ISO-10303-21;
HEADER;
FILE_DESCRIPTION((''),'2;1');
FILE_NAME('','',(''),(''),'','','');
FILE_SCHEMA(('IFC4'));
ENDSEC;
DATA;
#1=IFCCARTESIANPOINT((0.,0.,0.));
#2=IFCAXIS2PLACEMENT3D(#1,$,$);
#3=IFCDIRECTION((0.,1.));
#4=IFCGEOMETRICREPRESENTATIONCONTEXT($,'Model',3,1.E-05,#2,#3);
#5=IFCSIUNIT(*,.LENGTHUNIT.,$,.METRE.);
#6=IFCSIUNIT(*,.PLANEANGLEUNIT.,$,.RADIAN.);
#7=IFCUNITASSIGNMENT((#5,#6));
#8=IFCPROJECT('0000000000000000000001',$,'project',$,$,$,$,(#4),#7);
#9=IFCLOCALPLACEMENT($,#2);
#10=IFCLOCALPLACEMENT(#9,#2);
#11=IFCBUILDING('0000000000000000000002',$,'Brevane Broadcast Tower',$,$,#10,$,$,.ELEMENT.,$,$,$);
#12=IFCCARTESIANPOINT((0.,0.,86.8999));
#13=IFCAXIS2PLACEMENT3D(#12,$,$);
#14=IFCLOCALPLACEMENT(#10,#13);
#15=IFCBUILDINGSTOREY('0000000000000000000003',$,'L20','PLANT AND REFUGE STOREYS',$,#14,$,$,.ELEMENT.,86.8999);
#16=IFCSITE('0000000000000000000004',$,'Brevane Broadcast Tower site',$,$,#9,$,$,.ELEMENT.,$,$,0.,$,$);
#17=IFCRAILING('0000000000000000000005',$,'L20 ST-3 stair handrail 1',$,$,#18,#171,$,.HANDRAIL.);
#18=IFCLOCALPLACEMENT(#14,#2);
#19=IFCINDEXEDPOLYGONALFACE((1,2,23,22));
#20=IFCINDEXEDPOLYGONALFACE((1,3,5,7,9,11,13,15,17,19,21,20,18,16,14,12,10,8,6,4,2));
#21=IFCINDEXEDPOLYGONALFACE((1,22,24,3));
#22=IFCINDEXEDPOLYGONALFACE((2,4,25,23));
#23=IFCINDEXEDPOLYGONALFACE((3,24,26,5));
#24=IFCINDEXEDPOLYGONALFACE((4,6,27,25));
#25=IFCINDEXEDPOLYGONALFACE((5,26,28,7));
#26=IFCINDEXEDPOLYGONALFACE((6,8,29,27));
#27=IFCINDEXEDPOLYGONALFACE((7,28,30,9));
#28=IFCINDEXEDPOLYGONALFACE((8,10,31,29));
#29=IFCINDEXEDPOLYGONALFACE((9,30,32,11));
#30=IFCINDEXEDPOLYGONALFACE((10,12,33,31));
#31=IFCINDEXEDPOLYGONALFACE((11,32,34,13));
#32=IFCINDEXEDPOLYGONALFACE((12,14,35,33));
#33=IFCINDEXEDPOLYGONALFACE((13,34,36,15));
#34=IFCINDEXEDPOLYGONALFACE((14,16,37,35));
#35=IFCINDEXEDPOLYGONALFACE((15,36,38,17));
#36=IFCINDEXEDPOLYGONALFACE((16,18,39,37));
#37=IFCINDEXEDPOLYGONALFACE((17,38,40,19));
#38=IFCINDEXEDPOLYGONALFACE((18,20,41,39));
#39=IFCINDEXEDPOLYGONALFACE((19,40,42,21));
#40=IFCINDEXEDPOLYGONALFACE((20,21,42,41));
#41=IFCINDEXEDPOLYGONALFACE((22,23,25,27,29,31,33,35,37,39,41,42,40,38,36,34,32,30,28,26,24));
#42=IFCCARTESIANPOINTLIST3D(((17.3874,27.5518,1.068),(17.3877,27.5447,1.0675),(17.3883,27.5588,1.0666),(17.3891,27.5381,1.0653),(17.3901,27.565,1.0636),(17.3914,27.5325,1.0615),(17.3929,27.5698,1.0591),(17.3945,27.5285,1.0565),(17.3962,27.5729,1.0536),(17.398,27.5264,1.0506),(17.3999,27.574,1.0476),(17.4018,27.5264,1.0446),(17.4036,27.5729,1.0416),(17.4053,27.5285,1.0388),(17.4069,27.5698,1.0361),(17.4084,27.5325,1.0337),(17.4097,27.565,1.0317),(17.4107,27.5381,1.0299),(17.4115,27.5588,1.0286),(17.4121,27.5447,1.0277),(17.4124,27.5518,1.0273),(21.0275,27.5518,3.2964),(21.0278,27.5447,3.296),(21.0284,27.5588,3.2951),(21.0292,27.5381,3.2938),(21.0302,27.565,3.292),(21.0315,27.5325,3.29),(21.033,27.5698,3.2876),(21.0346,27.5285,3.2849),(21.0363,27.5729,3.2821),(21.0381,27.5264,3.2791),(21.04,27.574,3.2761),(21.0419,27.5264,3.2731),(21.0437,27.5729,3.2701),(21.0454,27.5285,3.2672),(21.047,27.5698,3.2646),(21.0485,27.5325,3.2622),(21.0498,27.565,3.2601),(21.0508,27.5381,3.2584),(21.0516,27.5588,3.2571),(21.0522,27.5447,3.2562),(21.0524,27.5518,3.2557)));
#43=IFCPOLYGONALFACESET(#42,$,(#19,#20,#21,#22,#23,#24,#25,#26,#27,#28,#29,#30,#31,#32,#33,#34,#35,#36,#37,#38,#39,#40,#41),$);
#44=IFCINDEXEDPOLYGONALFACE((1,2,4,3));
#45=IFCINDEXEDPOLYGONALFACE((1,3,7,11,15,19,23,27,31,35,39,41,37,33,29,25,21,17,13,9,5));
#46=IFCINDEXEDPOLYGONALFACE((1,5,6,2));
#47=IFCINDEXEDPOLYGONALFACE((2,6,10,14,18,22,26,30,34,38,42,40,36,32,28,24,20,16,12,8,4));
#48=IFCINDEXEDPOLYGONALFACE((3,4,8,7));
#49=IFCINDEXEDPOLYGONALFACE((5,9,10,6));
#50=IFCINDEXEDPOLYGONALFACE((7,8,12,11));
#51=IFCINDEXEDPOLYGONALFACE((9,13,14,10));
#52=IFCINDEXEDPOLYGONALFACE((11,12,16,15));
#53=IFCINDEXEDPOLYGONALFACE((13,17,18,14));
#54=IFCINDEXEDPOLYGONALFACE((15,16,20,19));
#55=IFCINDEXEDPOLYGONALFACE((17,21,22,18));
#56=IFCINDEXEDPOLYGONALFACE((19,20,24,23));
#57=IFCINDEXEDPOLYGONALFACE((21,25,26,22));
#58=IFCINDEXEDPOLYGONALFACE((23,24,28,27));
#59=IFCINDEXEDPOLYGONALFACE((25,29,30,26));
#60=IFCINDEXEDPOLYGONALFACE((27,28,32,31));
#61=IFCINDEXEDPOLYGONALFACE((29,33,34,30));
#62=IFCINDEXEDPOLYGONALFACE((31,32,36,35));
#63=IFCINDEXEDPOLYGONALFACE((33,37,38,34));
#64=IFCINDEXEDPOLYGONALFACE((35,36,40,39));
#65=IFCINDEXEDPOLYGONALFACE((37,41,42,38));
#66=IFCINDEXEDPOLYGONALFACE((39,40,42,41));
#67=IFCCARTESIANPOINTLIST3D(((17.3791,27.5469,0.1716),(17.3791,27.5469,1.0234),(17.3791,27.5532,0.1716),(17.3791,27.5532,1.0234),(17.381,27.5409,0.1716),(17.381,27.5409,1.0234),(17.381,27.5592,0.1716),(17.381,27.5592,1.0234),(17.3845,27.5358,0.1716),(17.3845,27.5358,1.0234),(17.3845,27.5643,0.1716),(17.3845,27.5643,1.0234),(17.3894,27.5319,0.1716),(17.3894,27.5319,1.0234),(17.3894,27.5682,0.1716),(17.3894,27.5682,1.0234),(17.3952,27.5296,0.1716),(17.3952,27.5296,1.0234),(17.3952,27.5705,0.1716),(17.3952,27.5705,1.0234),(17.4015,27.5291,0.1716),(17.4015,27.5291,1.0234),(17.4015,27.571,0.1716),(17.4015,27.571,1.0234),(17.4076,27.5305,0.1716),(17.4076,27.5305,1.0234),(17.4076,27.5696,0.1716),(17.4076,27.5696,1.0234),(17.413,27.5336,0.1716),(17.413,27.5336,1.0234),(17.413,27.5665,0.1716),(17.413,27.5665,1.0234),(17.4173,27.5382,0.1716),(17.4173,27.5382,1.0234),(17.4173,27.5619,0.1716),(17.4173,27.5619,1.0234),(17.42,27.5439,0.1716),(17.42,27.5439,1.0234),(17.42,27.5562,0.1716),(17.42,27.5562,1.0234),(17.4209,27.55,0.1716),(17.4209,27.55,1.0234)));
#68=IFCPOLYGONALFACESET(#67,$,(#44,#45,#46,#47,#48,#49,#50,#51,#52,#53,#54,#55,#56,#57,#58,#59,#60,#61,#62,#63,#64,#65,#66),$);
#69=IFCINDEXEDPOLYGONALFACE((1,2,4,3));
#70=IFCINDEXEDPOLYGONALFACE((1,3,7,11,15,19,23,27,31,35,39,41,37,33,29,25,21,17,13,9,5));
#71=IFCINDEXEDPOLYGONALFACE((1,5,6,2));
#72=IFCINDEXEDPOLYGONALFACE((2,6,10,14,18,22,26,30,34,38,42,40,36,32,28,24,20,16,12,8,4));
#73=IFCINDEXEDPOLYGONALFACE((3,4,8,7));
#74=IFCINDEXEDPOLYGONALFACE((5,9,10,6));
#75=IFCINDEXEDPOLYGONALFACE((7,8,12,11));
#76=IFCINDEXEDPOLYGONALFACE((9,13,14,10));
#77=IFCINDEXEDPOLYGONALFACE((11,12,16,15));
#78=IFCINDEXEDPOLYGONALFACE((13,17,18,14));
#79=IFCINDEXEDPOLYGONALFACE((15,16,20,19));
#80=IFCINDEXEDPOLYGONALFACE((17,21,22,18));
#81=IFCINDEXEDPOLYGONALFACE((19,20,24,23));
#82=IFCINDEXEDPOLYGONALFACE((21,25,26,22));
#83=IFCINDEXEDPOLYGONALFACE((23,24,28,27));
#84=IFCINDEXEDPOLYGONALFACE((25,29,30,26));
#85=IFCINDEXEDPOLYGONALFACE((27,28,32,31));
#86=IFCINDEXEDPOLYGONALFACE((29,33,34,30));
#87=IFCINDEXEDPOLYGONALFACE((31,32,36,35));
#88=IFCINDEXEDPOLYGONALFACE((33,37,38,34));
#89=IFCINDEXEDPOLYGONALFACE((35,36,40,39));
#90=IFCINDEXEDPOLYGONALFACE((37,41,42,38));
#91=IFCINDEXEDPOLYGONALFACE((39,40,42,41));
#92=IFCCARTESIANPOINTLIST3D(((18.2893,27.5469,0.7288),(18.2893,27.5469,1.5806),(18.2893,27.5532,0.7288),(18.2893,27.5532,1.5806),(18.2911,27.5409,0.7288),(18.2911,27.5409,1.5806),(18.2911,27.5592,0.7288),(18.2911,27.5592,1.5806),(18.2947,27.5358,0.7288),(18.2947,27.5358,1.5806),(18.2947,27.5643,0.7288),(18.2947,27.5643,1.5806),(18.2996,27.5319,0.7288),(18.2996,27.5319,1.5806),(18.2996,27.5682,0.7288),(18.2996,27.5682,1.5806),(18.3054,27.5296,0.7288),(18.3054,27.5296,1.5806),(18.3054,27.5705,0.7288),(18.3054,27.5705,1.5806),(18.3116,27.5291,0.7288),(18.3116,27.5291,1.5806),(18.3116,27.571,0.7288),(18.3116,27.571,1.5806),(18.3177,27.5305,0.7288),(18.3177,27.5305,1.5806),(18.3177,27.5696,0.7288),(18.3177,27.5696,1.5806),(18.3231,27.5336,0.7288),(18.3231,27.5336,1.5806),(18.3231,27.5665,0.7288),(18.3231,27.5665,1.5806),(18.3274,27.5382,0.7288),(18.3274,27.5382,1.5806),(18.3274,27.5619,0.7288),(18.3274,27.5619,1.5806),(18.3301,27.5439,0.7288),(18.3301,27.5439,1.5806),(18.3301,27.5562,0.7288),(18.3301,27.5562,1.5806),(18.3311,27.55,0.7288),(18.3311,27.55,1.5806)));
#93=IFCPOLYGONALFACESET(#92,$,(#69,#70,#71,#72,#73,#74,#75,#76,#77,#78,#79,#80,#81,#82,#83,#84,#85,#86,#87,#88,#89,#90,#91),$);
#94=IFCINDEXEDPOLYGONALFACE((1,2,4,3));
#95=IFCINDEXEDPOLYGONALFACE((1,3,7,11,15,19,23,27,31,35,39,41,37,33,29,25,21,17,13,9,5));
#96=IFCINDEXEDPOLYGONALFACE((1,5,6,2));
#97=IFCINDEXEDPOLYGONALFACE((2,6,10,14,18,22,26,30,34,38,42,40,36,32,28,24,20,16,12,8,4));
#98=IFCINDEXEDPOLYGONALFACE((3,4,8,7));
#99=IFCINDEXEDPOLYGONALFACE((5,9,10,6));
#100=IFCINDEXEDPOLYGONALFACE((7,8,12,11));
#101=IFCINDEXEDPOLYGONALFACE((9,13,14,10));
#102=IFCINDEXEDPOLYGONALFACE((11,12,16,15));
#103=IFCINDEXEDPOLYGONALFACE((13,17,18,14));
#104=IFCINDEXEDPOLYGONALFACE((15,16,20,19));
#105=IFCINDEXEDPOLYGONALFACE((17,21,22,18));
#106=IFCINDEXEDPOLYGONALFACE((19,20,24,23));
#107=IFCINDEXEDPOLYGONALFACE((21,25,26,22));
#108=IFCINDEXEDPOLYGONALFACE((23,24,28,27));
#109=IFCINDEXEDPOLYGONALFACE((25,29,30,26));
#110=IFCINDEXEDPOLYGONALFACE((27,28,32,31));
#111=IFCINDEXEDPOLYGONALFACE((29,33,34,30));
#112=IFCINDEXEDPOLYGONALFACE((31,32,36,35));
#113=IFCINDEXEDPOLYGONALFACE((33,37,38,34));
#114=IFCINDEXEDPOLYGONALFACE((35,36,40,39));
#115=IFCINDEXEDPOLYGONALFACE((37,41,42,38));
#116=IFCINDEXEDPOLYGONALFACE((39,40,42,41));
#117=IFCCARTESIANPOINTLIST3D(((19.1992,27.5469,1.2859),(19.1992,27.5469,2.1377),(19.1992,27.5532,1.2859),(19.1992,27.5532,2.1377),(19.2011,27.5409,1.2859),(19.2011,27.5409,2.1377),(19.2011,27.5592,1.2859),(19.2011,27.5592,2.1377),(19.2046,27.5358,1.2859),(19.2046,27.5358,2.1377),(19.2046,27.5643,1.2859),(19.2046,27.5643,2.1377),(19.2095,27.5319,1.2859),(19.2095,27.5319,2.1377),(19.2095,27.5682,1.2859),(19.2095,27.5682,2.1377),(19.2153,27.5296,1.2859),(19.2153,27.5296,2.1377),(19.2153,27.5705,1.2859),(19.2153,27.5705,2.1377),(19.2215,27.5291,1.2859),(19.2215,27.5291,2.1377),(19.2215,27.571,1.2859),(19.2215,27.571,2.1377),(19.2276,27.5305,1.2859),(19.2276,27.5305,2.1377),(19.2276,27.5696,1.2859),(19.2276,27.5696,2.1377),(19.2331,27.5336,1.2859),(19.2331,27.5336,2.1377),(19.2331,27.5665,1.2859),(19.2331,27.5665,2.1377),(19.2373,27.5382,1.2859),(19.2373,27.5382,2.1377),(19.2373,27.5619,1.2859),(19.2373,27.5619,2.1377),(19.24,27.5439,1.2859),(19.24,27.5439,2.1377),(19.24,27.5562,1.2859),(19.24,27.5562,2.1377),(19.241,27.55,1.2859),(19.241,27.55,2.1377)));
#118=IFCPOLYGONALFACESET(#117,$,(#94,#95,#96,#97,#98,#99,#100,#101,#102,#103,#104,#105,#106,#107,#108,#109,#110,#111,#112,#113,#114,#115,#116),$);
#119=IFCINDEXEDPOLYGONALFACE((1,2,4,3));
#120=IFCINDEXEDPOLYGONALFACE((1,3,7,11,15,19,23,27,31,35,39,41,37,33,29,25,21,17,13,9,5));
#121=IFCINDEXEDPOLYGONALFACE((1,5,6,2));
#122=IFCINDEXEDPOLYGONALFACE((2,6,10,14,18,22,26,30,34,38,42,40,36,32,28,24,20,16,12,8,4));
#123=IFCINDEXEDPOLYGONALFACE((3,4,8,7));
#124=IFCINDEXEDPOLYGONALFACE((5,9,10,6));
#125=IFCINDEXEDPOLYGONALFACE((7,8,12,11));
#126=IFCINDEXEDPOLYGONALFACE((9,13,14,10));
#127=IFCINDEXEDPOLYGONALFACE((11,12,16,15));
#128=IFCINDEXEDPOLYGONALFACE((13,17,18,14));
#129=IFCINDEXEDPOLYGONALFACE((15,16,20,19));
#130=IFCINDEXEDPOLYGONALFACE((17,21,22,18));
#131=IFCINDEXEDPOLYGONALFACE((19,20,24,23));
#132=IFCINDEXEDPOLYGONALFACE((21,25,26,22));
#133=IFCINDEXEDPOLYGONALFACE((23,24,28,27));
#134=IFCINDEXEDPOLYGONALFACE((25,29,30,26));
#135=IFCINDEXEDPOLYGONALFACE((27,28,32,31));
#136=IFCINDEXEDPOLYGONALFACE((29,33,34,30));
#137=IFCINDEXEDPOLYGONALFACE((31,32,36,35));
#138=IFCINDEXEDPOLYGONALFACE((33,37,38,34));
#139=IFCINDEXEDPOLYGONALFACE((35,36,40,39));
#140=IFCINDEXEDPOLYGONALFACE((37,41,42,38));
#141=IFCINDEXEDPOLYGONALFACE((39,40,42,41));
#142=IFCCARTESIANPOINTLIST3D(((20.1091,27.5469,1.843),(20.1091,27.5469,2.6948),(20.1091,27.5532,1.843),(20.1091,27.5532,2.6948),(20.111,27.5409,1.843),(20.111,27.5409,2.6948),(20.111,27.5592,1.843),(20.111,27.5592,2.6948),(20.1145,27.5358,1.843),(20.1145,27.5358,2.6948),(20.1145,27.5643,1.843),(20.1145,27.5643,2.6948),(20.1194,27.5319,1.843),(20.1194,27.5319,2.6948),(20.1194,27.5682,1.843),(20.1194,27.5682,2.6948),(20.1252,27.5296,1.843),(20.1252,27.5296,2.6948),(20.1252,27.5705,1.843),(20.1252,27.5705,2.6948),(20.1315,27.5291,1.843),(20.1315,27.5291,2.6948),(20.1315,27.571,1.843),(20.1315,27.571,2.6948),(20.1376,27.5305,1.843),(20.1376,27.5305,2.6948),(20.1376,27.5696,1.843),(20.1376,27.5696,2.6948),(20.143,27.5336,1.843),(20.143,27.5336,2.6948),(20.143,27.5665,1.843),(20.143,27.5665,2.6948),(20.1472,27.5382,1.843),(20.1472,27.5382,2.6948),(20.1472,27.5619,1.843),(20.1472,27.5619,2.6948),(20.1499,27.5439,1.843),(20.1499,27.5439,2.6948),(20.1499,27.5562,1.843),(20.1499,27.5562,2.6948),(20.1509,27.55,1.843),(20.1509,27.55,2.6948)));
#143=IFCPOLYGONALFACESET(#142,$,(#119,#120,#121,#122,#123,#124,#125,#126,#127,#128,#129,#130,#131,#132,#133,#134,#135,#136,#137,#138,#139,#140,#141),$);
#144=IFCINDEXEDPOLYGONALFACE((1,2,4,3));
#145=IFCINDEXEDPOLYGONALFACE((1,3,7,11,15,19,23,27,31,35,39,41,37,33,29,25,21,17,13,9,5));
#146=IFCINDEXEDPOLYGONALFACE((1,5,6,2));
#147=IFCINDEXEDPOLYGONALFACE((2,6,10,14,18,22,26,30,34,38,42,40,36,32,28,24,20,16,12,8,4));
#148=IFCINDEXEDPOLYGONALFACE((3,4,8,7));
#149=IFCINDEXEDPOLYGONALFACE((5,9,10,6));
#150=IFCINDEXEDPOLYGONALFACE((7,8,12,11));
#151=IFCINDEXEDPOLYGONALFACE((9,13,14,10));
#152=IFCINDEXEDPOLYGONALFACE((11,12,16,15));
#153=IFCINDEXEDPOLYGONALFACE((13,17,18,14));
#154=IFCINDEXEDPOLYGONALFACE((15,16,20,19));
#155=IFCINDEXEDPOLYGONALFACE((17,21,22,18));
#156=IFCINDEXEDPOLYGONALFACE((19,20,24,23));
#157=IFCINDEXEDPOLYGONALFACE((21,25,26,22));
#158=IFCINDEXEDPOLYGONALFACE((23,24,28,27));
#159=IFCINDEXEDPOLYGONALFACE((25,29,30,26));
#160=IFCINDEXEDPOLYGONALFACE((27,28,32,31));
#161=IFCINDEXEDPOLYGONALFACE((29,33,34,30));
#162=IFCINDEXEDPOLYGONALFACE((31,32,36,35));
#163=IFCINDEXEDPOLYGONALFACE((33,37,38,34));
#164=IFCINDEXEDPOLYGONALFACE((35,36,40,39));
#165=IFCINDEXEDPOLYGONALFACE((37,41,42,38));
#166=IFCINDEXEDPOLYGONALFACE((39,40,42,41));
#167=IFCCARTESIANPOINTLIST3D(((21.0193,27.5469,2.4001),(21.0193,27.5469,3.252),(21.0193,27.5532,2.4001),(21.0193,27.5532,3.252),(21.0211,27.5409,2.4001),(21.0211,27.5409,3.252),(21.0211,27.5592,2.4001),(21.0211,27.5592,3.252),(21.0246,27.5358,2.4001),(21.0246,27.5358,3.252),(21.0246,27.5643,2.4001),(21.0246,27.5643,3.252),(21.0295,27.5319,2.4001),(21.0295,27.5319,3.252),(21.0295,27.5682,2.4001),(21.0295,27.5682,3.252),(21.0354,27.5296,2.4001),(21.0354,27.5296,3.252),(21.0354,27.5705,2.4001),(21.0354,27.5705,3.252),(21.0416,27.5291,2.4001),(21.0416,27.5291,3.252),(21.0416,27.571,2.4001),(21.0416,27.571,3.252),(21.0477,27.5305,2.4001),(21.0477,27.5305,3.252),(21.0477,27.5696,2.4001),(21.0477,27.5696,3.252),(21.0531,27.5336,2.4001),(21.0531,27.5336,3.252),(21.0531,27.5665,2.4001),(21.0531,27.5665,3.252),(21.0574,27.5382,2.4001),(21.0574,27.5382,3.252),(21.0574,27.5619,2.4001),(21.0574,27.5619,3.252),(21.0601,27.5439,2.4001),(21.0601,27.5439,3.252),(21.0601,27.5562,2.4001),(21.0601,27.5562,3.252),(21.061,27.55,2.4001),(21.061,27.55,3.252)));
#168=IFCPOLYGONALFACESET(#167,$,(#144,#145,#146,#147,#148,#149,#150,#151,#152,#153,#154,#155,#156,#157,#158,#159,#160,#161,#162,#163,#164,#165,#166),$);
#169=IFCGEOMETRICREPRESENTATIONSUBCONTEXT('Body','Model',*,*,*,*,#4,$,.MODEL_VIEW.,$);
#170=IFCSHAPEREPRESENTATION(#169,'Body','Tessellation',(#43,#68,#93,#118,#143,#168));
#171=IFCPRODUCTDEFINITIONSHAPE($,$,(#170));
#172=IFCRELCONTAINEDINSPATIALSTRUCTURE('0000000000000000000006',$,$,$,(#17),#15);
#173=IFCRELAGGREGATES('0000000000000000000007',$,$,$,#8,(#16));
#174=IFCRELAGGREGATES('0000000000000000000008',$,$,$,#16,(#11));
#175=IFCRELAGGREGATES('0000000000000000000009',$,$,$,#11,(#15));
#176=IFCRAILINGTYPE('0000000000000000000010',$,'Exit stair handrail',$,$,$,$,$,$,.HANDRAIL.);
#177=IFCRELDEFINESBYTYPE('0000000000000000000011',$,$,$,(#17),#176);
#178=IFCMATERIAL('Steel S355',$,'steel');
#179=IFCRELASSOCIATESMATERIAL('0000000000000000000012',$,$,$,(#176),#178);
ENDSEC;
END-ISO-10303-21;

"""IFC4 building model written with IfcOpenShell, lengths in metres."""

from ifc_helpers import new_model, si_unit, direction, frame, origin, origin_2d, place, context, subcontext, project, spatial, circle, extrude, material, type_object, element, save


model = new_model("IFC4")

# Units and contexts
model_context = context("Model", 3, precision=1e-05, world=origin(), true_north=direction((0.0, 1.0)))
body_context = subcontext(model_context, "Body", "Model", "MODEL_VIEW")
ifc_project = project(units=[si_unit("LENGTHUNIT", "METRE"), si_unit("PLANEANGLEUNIT", "RADIAN")], contexts=[model_context])

# Site, building, storey
site_placement = place(None, origin())
site = spatial("IfcSite", under=ifc_project, at=site_placement, Name="Brevane Broadcast Tower site", CompositionType="ELEMENT", RefElevation=0.0)
building_placement = place(site_placement, origin())
building = spatial("IfcBuilding", under=site, at=building_placement, Name="Brevane Broadcast Tower", CompositionType="ELEMENT")
storey_placement = place(building_placement, frame((0.0, 0.0, 86.8999)))
storey = spatial("IfcBuildingStorey", under=building, at=storey_placement, Name="L20", Description="PLANT AND REFUGE STOREYS", CompositionType="ELEMENT", Elevation=86.8999)

# Shared definitions
ifc_material_1 = material(Name="Steel S355", Category="steel")

# Railing
railing_type_1 = type_object("IfcRailingType", Name="Exit stair handrail", PredefinedType="HANDRAIL", material=ifc_material_1)
railing_1_placement = place(storey_placement, frame((17.3999, 27.55, 0.1716)))
element("IfcRailing", 1, at=railing_1_placement, inside=storey, type_object=railing_type_1, Name="L20 ST-3 stair handrail 1", PredefinedType="HANDRAIL", context=body_context, shape_type="SweptSolid", body=[
    extrude(circle(Radius=0.0239, at=origin_2d()), frame((0.0, 0.0, 0.876), z_axis=(0.852866, 0.0, 0.52213), x_axis=(0.0, 1.0, 0.0)), (0.0, 0.0, 1.0), 4.2681),
    extrude(circle(Radius=0.021, at=origin_2d()), origin(), (0.0, 0.0, 1.0), 0.8518),
    extrude(circle(Radius=0.021, at=origin_2d()), frame((0.9102, 0.0, 0.5571)), (0.0, 0.0, 1.0), 0.8518),
    extrude(circle(Radius=0.021, at=origin_2d()), frame((1.8201, 0.0, 1.1143)), (0.0, 0.0, 1.0), 0.8518),
    extrude(circle(Radius=0.021, at=origin_2d()), frame((2.73, 0.0, 1.6714)), (0.0, 0.0, 1.0), 0.8518),
    extrude(circle(Radius=0.021, at=origin_2d()), frame((3.6401, 0.0, 2.2285)), (0.0, 0.0, 1.0), 0.8518),
])

save(model, "model.ifc")
